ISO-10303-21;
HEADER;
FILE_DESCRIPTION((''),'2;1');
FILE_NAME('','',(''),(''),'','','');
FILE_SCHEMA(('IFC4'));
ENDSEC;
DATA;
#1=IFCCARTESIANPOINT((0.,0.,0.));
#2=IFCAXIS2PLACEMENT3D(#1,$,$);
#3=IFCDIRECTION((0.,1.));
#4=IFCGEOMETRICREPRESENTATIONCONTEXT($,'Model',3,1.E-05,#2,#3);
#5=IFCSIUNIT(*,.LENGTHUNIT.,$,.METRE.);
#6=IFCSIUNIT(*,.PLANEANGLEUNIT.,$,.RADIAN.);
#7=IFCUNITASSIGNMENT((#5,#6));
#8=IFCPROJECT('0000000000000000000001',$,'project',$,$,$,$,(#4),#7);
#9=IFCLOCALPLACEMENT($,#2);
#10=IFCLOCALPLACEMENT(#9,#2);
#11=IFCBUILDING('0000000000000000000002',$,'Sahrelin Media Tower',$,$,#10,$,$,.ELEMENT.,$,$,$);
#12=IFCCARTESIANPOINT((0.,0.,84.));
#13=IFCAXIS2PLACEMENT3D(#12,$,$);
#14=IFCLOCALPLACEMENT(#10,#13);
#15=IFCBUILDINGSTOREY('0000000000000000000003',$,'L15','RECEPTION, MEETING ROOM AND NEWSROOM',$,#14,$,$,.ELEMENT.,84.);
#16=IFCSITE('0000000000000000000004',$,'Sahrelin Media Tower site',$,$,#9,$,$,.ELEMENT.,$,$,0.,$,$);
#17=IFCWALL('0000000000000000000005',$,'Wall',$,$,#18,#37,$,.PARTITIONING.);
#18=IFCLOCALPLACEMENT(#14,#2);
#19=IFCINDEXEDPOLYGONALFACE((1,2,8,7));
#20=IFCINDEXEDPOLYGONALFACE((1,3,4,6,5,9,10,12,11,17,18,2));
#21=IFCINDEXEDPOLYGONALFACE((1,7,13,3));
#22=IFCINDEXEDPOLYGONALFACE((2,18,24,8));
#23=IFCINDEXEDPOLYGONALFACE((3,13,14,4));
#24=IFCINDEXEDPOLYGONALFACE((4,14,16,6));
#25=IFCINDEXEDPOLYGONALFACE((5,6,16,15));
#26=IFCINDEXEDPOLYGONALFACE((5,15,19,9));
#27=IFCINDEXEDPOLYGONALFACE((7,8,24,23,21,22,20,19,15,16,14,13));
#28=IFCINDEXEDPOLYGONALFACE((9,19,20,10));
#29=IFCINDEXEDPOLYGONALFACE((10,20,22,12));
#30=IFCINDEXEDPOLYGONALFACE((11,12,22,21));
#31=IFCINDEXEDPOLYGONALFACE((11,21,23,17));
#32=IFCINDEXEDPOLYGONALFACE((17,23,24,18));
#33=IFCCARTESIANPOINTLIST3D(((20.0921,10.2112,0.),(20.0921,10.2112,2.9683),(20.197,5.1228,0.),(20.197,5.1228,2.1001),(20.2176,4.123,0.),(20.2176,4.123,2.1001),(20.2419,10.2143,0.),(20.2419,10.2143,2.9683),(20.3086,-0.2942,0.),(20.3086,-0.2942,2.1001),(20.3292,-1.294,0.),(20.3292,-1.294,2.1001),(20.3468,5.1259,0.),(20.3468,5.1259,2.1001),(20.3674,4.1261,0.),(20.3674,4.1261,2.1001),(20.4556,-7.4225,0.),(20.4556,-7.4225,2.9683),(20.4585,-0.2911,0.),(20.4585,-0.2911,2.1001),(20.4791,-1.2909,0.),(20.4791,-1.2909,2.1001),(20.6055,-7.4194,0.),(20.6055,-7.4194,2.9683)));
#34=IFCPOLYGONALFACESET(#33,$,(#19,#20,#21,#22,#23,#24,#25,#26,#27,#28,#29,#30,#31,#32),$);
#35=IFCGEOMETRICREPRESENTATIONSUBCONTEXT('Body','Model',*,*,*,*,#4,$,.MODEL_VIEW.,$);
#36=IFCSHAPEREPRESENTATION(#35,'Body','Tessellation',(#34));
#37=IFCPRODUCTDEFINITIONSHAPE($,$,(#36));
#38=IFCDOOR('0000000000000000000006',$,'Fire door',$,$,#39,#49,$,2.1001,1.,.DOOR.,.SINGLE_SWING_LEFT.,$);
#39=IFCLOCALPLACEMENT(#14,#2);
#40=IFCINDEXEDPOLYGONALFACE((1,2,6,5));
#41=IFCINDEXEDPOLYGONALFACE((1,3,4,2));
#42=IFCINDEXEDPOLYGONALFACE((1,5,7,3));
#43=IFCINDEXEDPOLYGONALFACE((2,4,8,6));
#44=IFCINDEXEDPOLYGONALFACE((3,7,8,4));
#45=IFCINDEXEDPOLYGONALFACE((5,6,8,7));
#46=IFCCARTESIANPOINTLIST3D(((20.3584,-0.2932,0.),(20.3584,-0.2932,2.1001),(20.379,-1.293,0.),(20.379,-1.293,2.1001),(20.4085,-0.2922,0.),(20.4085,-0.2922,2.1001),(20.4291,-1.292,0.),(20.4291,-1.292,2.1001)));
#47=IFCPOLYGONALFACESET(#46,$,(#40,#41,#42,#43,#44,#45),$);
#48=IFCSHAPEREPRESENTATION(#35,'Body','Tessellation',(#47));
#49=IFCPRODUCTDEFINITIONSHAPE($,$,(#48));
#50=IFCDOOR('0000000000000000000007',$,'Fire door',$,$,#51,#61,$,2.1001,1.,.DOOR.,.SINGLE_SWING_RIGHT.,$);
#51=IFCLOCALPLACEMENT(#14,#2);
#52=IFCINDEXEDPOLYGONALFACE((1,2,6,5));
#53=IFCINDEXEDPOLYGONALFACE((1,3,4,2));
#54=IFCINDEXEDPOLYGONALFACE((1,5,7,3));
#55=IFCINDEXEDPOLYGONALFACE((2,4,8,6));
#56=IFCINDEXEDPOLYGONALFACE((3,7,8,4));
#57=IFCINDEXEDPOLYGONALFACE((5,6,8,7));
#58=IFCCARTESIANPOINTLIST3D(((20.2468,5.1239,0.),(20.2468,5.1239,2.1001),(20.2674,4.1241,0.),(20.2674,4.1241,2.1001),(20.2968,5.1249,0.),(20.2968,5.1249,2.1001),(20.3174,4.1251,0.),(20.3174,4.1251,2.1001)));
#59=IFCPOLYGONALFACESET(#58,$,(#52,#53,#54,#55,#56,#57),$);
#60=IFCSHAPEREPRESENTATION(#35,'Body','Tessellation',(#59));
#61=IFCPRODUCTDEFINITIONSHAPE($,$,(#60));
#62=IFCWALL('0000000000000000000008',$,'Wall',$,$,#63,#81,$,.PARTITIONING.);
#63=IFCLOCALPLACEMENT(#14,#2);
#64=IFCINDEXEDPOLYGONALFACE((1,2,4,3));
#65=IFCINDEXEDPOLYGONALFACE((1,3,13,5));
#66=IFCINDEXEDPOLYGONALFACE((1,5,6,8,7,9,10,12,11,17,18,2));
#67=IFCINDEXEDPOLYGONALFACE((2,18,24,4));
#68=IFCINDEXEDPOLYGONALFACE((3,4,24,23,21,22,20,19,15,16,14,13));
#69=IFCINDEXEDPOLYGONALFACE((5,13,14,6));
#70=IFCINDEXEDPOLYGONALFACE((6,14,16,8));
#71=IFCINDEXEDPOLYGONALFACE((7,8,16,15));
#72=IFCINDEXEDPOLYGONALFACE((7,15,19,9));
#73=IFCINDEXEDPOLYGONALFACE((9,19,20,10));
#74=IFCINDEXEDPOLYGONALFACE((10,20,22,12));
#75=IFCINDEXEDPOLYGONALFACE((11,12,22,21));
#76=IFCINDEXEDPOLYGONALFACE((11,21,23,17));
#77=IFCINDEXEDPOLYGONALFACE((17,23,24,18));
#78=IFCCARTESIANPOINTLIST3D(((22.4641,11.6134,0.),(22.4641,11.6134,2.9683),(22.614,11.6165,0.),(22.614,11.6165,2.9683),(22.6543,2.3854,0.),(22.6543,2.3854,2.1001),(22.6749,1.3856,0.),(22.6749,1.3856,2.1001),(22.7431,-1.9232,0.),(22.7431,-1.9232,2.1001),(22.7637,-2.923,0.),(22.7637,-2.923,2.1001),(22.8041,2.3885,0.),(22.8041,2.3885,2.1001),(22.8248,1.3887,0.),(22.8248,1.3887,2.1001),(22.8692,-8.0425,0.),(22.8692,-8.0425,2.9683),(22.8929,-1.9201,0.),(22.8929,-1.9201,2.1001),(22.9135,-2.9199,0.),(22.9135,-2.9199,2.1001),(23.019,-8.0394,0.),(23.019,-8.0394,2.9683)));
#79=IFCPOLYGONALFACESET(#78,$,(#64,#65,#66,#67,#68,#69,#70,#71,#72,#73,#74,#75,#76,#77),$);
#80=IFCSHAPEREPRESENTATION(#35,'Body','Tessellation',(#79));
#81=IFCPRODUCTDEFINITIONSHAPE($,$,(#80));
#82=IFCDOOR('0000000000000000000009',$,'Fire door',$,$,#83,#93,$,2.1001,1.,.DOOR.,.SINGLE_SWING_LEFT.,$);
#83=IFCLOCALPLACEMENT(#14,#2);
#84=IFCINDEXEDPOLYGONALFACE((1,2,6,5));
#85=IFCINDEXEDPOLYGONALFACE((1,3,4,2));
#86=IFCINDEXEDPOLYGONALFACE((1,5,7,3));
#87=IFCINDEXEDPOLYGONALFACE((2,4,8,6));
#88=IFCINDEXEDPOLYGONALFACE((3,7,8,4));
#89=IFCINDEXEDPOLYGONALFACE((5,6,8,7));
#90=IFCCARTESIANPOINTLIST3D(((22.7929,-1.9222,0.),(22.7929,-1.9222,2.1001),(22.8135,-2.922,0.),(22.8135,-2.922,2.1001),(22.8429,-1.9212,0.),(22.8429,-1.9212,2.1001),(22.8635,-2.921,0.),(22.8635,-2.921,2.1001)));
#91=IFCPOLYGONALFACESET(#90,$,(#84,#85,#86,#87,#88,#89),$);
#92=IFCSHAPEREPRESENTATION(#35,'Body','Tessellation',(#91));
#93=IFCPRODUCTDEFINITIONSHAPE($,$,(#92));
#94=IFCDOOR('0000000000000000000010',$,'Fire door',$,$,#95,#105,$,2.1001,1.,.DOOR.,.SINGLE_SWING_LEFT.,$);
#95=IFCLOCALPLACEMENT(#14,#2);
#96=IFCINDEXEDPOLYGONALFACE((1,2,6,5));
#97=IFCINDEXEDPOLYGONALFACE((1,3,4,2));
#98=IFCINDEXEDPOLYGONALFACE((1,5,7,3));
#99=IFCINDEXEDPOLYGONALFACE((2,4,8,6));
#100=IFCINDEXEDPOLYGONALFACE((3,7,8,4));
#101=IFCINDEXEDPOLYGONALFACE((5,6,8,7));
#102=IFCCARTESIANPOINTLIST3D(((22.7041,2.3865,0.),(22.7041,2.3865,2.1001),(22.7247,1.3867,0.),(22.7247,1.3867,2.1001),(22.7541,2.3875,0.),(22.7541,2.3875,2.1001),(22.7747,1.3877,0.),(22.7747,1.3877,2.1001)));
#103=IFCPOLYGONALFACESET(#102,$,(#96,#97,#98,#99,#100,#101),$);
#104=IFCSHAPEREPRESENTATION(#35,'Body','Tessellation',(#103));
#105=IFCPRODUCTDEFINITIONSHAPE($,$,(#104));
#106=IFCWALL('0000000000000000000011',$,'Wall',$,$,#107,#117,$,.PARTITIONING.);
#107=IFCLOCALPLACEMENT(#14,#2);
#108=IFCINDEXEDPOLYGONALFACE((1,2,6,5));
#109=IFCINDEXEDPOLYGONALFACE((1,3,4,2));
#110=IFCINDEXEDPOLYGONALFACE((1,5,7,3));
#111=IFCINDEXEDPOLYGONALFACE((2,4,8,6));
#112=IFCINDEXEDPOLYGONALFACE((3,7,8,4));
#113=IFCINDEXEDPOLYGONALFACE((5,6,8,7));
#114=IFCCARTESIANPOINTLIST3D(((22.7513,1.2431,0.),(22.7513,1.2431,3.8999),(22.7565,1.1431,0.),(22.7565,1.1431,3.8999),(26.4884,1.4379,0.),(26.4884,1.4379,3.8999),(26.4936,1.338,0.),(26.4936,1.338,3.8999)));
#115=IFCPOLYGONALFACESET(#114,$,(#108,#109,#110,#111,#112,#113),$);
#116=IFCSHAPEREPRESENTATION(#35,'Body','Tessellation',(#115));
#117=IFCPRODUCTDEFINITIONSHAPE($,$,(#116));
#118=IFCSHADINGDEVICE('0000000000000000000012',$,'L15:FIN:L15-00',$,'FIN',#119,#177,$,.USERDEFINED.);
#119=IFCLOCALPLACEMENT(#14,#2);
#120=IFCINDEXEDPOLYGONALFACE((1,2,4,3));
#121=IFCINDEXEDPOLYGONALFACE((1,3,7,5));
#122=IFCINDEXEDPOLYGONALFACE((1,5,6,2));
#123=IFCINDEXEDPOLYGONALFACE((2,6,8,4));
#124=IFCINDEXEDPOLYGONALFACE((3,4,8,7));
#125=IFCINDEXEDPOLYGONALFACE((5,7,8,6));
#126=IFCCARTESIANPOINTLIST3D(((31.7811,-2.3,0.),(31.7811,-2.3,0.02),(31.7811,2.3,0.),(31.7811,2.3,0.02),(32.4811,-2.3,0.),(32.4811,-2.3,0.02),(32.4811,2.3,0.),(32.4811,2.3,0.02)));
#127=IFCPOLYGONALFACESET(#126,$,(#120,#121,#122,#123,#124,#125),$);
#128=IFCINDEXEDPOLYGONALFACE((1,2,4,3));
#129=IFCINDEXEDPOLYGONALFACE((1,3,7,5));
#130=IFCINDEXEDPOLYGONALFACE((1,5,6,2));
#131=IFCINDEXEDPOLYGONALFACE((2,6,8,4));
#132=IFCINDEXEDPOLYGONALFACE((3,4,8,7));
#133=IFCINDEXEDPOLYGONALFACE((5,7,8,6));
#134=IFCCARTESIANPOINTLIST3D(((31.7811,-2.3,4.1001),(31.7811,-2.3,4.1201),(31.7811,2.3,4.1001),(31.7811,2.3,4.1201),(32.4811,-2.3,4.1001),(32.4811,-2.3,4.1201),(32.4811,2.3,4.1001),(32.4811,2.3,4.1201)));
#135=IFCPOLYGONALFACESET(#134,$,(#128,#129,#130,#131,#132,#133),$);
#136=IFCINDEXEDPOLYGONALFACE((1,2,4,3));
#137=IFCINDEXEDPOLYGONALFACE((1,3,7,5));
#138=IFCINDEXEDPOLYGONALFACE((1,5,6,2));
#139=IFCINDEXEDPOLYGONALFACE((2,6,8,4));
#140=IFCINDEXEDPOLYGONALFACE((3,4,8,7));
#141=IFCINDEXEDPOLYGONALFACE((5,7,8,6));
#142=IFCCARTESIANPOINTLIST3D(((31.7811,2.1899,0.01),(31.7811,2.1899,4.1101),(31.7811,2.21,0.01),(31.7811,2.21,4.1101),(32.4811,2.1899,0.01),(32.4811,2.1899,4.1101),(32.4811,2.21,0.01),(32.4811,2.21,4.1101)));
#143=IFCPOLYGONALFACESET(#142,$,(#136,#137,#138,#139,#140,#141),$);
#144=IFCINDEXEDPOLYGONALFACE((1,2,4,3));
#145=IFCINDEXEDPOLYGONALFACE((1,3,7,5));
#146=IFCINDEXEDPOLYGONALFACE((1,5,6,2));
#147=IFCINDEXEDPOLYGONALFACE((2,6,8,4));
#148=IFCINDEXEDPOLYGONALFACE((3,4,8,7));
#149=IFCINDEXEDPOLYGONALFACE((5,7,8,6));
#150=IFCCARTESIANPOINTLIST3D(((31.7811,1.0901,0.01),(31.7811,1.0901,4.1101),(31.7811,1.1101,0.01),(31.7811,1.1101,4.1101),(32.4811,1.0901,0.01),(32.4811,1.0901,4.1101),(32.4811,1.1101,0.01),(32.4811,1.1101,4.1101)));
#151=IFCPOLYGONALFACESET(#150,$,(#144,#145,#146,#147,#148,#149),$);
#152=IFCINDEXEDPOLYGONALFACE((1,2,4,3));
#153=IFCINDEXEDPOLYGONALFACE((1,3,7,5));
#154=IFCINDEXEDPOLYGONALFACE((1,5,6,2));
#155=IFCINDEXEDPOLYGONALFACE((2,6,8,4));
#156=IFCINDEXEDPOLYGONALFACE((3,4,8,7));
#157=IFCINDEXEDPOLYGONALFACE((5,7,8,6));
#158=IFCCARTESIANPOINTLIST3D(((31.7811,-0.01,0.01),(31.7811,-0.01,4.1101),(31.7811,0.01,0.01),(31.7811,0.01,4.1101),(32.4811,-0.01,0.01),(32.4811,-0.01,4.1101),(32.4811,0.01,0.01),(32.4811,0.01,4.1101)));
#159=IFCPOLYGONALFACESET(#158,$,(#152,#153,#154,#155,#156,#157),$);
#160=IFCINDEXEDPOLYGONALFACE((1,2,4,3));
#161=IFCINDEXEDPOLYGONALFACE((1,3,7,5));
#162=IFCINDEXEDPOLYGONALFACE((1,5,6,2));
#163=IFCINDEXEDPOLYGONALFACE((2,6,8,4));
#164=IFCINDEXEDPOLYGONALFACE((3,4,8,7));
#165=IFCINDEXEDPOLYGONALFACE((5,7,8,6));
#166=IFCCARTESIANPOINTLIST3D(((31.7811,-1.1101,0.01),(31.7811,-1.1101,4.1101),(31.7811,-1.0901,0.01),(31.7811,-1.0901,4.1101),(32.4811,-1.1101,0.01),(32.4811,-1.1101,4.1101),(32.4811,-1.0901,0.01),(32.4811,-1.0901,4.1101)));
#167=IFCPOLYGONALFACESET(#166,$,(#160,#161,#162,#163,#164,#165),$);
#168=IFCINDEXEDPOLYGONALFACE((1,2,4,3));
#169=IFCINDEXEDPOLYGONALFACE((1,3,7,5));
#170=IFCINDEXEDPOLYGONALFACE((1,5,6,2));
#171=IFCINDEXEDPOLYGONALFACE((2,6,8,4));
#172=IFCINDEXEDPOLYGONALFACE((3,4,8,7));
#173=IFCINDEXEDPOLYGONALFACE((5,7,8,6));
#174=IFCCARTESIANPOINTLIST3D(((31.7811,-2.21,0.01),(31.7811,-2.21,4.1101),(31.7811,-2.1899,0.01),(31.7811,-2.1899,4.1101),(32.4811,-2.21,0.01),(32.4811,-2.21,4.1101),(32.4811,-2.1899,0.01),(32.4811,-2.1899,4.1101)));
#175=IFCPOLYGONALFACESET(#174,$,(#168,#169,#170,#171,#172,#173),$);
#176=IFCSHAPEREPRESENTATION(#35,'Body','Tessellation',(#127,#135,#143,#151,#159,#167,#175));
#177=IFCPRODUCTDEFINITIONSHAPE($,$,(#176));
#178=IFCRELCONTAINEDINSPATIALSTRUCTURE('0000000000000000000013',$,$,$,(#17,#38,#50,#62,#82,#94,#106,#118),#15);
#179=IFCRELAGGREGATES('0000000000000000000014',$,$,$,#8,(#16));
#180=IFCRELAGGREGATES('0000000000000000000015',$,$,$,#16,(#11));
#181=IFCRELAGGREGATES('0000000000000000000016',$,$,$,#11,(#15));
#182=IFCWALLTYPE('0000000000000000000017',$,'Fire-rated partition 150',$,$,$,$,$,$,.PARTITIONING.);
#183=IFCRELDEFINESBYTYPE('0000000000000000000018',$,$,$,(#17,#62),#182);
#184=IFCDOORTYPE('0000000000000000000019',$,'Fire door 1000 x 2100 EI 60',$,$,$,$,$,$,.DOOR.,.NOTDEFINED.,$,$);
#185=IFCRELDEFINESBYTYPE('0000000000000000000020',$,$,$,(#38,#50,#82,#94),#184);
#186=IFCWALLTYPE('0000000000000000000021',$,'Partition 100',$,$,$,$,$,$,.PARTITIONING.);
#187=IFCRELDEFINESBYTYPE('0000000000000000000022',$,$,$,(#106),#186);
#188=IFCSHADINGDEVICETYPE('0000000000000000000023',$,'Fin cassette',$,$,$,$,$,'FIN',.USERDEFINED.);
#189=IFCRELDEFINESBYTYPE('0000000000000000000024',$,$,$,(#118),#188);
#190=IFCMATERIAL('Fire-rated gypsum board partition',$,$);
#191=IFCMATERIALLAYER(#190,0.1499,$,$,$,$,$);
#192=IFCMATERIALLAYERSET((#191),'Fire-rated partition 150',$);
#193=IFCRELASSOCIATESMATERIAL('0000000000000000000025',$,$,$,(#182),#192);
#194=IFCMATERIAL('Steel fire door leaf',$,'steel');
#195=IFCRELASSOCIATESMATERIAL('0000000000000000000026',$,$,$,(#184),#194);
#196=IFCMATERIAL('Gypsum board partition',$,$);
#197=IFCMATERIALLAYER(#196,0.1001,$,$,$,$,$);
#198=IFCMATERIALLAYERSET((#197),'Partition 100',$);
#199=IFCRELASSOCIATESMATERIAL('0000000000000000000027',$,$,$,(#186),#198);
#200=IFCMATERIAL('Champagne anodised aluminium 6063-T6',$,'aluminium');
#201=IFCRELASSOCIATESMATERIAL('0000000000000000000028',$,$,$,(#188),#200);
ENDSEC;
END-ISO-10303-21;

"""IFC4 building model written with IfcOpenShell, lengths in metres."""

from ifc_helpers import new_model, si_unit, direction, frame, frame_2d, origin, origin_2d, place, context, subcontext, project, spatial, rectangle, extrude, material, layer, layer_set, type_object, element, fill, save


model = new_model("IFC4")

# Units and contexts
model_context = context("Model", 3, precision=1e-05, world=origin(), true_north=direction((0.0, 1.0)))
body_context = subcontext(model_context, "Body", "Model", "MODEL_VIEW")
ifc_project = project(units=[si_unit("LENGTHUNIT", "METRE"), si_unit("PLANEANGLEUNIT", "RADIAN")], contexts=[model_context])

# Site, building, storey
site_placement = place(None, origin())
site = spatial("IfcSite", under=ifc_project, at=site_placement, Name="Sahrelin Media Tower site", CompositionType="ELEMENT", RefElevation=0.0)
building_placement = place(site_placement, origin())
building = spatial("IfcBuilding", under=site, at=building_placement, Name="Sahrelin Media Tower", CompositionType="ELEMENT")
storey_placement = place(building_placement, frame((0.0, 0.0, 84.0)))
storey = spatial("IfcBuildingStorey", under=building, at=storey_placement, Name="L15", Description="RECEPTION, MEETING ROOM AND NEWSROOM", CompositionType="ELEMENT", Elevation=84.0)

# Shared definitions
ifc_material_1 = material(Name="Champagne anodised aluminium 6063-T6", Category="aluminium")

# Walls, openings, doors
ifc_material_2 = material(Name="Fire-rated gypsum board partition")
ifc_layer_1 = layer(ifc_material_2, 0.1499)
ifc_layer_set_1 = layer_set([ifc_layer_1], Name="Fire-rated partition 150")
wall_type_1 = type_object("IfcWallType", Name="Fire-rated partition 150", PredefinedType="PARTITIONING", material=ifc_layer_set_1)
wall_1_placement = place(storey_placement, frame((20.167, 10.2129, 0.0), z_axis=(0.0, 0.0, 1.0), x_axis=(0.020611, -0.999788, 0.0)))
wall_1 = element("IfcWall", 1, at=wall_1_placement, inside=storey, type_object=wall_type_1, Name="Wall", PredefinedType="PARTITIONING", context=body_context, shape_type="SweptSolid", body=[
    extrude(rectangle(XDim=17.6375, YDim=0.1499, at=frame_2d((8.8188, 0.0))), origin(), (0.0, 0.0, 1.0), 2.9683),
])
opening_1_placement = place(wall_1_placement, frame((10.5078, 0.0, 0.0)))
opening_1 = element("IfcOpeningElement", 2, at=opening_1_placement, cuts=wall_1, PredefinedType="OPENING", context=body_context, shape_type="SweptSolid", body=[
    extrude(rectangle(XDim=1.0, YDim=2.1001, at=frame_2d((0.5, 1.05))), frame((0.0, 0.075, 0.0), z_axis=(0.0, -1.0, 0.0), x_axis=(1.0, 0.0, 0.0)), (0.0, 0.0, 1.0), 0.1499),
])
opening_2_placement = place(wall_1_placement, frame((5.0896, 0.0, 0.0)))
opening_2 = element("IfcOpeningElement", 3, at=opening_2_placement, cuts=wall_1, PredefinedType="OPENING", context=body_context, shape_type="SweptSolid", body=[
    extrude(rectangle(XDim=1.0, YDim=2.1001, at=frame_2d((0.5, 1.05))), frame((0.0, 0.075, 0.0), z_axis=(0.0, -1.0, 0.0), x_axis=(1.0, 0.0, 0.0)), (0.0, 0.0, 1.0), 0.1499),
])
ifc_material_3 = material(Name="Steel fire door leaf", Category="steel")
door_type = type_object("IfcDoorType", Name="Fire door 1000 x 2100 EI 60", OperationType="NOTDEFINED", PredefinedType="DOOR", material=ifc_material_3)
door_1_placement = place(opening_1_placement, origin())
door_1 = element("IfcDoor", 4, at=door_1_placement, inside=storey, type_object=door_type, Name="Fire door", OperationType="SINGLE_SWING_LEFT", OverallHeight=2.1001, OverallWidth=1.0, PredefinedType="DOOR", context=body_context, shape_type="SweptSolid", body=[
    extrude(rectangle(XDim=1.0, YDim=2.1001, at=frame_2d((0.5, 1.05))), frame((0.0, 0.0249, 0.0), z_axis=(0.0, -1.0, 0.0), x_axis=(1.0, 0.0, 0.0)), (0.0, 0.0, 1.0), 0.05),
])
fill(opening_1, door_1)
door_2_placement = place(opening_2_placement, origin())
door_2 = element("IfcDoor", 5, at=door_2_placement, inside=storey, type_object=door_type, Name="Fire door", OperationType="SINGLE_SWING_RIGHT", OverallHeight=2.1001, OverallWidth=1.0, PredefinedType="DOOR", context=body_context, shape_type="SweptSolid", body=[
    extrude(rectangle(XDim=1.0, YDim=2.1001, at=frame_2d((0.5, 1.05))), frame((0.0, 0.0249, 0.0), z_axis=(0.0, -1.0, 0.0), x_axis=(1.0, 0.0, 0.0)), (0.0, 0.0, 1.0), 0.05),
])
fill(opening_2, door_2)
wall_2_placement = place(storey_placement, frame((22.5391, 11.615, 0.0), z_axis=(0.0, 0.0, 1.0), x_axis=(0.020602, -0.999788, 0.0)))
wall_2 = element("IfcWall", 6, at=wall_2_placement, inside=storey, type_object=wall_type_1, Name="Wall", PredefinedType="PARTITIONING", context=body_context, shape_type="SweptSolid", body=[
    extrude(rectangle(XDim=19.6602, YDim=0.1499, at=frame_2d((9.8301, 0.0))), origin(), (0.0, 0.0, 1.0), 2.9683),
])
opening_3_placement = place(wall_2_placement, frame((13.5396, 0.0, 0.0)))
opening_3 = element("IfcOpeningElement", 7, at=opening_3_placement, cuts=wall_2, PredefinedType="OPENING", context=body_context, shape_type="SweptSolid", body=[
    extrude(rectangle(XDim=1.0, YDim=2.1001, at=frame_2d((0.5, 1.05))), frame((0.0, 0.075, 0.0), z_axis=(0.0, -1.0, 0.0), x_axis=(1.0, 0.0, 0.0)), (0.0, 0.0, 1.0), 0.1499),
])
opening_4_placement = place(wall_2_placement, frame((9.23, 0.0, 0.0)))
opening_4 = element("IfcOpeningElement", 8, at=opening_4_placement, cuts=wall_2, PredefinedType="OPENING", context=body_context, shape_type="SweptSolid", body=[
    extrude(rectangle(XDim=1.0, YDim=2.1001, at=frame_2d((0.5, 1.05))), frame((0.0, 0.075, 0.0), z_axis=(0.0, -1.0, 0.0), x_axis=(1.0, 0.0, 0.0)), (0.0, 0.0, 1.0), 0.1499),
])
door_3_placement = place(opening_3_placement, origin())
door_3 = element("IfcDoor", 9, at=door_3_placement, inside=storey, type_object=door_type, Name="Fire door", OperationType="SINGLE_SWING_LEFT", OverallHeight=2.1001, OverallWidth=1.0, PredefinedType="DOOR", context=body_context, shape_type="SweptSolid", body=[
    extrude(rectangle(XDim=1.0, YDim=2.1001, at=frame_2d((0.5, 1.05))), frame((0.0, 0.0249, 0.0), z_axis=(0.0, -1.0, 0.0), x_axis=(1.0, 0.0, 0.0)), (0.0, 0.0, 1.0), 0.05),
])
fill(opening_3, door_3)
door_4_placement = place(opening_4_placement, origin())
door_4 = element("IfcDoor", 10, at=door_4_placement, inside=storey, type_object=door_type, Name="Fire door", OperationType="SINGLE_SWING_LEFT", OverallHeight=2.1001, OverallWidth=1.0, PredefinedType="DOOR", context=body_context, shape_type="SweptSolid", body=[
    extrude(rectangle(XDim=1.0, YDim=2.1001, at=frame_2d((0.5, 1.05))), frame((0.0, 0.0249, 0.0), z_axis=(0.0, -1.0, 0.0), x_axis=(1.0, 0.0, 0.0)), (0.0, 0.0, 1.0), 0.05),
])
fill(opening_4, door_4)

# Wall
ifc_material_4 = material(Name="Gypsum board partition")
ifc_layer_2 = layer(ifc_material_4, 0.1001)
ifc_layer_set_2 = layer_set([ifc_layer_2], Name="Partition 100")
wall_type_2 = type_object("IfcWallType", Name="Partition 100", PredefinedType="PARTITIONING", material=ifc_layer_set_2)
wall_3_placement = place(storey_placement, frame((22.7539, 1.1931, 0.0), z_axis=(0.0, 0.0, 1.0), x_axis=(0.998644, 0.052062, 0.0)))
element("IfcWall", 11, at=wall_3_placement, inside=storey, type_object=wall_type_2, Name="Wall", PredefinedType="PARTITIONING", context=body_context, shape_type="SweptSolid", body=[
    extrude(rectangle(XDim=3.7422, YDim=0.1001, at=frame_2d((1.8711, 0.0))), origin(), (0.0, 0.0, 1.0), 3.8999),
])

# Shading device
shading_device_type_1 = type_object("IfcShadingDeviceType", Name="Fin cassette", ElementType="FIN", PredefinedType="USERDEFINED", material=ifc_material_1)
placement_1 = place(storey_placement, frame((31.7112, 0.0, 0.0), z_axis=(0.0, 0.0, 1.0), x_axis=(0.0, -1.0, 0.0)))
element("IfcShadingDevice", 12, at=placement_1, inside=storey, type_object=shading_device_type_1, Name="L15:FIN:L15-00", ObjectType="FIN", PredefinedType="USERDEFINED", context=body_context, shape_type="SweptSolid", body=[
    extrude(rectangle(XDim=4.6001, YDim=0.7, at=origin_2d()), frame((0.0, 0.4199, 0.0)), (0.0, 0.0, 1.0), 0.02),
    extrude(rectangle(XDim=4.6001, YDim=0.7, at=origin_2d()), frame((0.0, 0.4199, 4.1001)), (0.0, 0.0, 1.0), 0.02),
    extrude(rectangle(XDim=0.02, YDim=0.7, at=origin_2d()), frame((-2.2, 0.4199, 0.01), z_axis=(0.0, 0.0, 1.0), x_axis=(1.0, 0.0, 0.0)), (0.0, 0.0, 1.0), 4.1001),
    extrude(rectangle(XDim=0.02, YDim=0.7, at=origin_2d()), frame((-1.1001, 0.4199, 0.01), z_axis=(0.0, 0.0, 1.0), x_axis=(1.0, 0.0, 0.0)), (0.0, 0.0, 1.0), 4.1001),
    extrude(rectangle(XDim=0.02, YDim=0.7, at=origin_2d()), frame((0.0, 0.4199, 0.01), z_axis=(0.0, 0.0, 1.0), x_axis=(1.0, 0.0, 0.0)), (0.0, 0.0, 1.0), 4.1001),
    extrude(rectangle(XDim=0.02, YDim=0.7, at=origin_2d()), frame((1.1001, 0.4199, 0.01), z_axis=(0.0, 0.0, 1.0), x_axis=(1.0, 0.0, 0.0)), (0.0, 0.0, 1.0), 4.1001),
    extrude(rectangle(XDim=0.02, YDim=0.7, at=origin_2d()), frame((2.2, 0.4199, 0.01), z_axis=(0.0, 0.0, 1.0), x_axis=(1.0, 0.0, 0.0)), (0.0, 0.0, 1.0), 4.1001),
])

save(model, "model.ifc")
